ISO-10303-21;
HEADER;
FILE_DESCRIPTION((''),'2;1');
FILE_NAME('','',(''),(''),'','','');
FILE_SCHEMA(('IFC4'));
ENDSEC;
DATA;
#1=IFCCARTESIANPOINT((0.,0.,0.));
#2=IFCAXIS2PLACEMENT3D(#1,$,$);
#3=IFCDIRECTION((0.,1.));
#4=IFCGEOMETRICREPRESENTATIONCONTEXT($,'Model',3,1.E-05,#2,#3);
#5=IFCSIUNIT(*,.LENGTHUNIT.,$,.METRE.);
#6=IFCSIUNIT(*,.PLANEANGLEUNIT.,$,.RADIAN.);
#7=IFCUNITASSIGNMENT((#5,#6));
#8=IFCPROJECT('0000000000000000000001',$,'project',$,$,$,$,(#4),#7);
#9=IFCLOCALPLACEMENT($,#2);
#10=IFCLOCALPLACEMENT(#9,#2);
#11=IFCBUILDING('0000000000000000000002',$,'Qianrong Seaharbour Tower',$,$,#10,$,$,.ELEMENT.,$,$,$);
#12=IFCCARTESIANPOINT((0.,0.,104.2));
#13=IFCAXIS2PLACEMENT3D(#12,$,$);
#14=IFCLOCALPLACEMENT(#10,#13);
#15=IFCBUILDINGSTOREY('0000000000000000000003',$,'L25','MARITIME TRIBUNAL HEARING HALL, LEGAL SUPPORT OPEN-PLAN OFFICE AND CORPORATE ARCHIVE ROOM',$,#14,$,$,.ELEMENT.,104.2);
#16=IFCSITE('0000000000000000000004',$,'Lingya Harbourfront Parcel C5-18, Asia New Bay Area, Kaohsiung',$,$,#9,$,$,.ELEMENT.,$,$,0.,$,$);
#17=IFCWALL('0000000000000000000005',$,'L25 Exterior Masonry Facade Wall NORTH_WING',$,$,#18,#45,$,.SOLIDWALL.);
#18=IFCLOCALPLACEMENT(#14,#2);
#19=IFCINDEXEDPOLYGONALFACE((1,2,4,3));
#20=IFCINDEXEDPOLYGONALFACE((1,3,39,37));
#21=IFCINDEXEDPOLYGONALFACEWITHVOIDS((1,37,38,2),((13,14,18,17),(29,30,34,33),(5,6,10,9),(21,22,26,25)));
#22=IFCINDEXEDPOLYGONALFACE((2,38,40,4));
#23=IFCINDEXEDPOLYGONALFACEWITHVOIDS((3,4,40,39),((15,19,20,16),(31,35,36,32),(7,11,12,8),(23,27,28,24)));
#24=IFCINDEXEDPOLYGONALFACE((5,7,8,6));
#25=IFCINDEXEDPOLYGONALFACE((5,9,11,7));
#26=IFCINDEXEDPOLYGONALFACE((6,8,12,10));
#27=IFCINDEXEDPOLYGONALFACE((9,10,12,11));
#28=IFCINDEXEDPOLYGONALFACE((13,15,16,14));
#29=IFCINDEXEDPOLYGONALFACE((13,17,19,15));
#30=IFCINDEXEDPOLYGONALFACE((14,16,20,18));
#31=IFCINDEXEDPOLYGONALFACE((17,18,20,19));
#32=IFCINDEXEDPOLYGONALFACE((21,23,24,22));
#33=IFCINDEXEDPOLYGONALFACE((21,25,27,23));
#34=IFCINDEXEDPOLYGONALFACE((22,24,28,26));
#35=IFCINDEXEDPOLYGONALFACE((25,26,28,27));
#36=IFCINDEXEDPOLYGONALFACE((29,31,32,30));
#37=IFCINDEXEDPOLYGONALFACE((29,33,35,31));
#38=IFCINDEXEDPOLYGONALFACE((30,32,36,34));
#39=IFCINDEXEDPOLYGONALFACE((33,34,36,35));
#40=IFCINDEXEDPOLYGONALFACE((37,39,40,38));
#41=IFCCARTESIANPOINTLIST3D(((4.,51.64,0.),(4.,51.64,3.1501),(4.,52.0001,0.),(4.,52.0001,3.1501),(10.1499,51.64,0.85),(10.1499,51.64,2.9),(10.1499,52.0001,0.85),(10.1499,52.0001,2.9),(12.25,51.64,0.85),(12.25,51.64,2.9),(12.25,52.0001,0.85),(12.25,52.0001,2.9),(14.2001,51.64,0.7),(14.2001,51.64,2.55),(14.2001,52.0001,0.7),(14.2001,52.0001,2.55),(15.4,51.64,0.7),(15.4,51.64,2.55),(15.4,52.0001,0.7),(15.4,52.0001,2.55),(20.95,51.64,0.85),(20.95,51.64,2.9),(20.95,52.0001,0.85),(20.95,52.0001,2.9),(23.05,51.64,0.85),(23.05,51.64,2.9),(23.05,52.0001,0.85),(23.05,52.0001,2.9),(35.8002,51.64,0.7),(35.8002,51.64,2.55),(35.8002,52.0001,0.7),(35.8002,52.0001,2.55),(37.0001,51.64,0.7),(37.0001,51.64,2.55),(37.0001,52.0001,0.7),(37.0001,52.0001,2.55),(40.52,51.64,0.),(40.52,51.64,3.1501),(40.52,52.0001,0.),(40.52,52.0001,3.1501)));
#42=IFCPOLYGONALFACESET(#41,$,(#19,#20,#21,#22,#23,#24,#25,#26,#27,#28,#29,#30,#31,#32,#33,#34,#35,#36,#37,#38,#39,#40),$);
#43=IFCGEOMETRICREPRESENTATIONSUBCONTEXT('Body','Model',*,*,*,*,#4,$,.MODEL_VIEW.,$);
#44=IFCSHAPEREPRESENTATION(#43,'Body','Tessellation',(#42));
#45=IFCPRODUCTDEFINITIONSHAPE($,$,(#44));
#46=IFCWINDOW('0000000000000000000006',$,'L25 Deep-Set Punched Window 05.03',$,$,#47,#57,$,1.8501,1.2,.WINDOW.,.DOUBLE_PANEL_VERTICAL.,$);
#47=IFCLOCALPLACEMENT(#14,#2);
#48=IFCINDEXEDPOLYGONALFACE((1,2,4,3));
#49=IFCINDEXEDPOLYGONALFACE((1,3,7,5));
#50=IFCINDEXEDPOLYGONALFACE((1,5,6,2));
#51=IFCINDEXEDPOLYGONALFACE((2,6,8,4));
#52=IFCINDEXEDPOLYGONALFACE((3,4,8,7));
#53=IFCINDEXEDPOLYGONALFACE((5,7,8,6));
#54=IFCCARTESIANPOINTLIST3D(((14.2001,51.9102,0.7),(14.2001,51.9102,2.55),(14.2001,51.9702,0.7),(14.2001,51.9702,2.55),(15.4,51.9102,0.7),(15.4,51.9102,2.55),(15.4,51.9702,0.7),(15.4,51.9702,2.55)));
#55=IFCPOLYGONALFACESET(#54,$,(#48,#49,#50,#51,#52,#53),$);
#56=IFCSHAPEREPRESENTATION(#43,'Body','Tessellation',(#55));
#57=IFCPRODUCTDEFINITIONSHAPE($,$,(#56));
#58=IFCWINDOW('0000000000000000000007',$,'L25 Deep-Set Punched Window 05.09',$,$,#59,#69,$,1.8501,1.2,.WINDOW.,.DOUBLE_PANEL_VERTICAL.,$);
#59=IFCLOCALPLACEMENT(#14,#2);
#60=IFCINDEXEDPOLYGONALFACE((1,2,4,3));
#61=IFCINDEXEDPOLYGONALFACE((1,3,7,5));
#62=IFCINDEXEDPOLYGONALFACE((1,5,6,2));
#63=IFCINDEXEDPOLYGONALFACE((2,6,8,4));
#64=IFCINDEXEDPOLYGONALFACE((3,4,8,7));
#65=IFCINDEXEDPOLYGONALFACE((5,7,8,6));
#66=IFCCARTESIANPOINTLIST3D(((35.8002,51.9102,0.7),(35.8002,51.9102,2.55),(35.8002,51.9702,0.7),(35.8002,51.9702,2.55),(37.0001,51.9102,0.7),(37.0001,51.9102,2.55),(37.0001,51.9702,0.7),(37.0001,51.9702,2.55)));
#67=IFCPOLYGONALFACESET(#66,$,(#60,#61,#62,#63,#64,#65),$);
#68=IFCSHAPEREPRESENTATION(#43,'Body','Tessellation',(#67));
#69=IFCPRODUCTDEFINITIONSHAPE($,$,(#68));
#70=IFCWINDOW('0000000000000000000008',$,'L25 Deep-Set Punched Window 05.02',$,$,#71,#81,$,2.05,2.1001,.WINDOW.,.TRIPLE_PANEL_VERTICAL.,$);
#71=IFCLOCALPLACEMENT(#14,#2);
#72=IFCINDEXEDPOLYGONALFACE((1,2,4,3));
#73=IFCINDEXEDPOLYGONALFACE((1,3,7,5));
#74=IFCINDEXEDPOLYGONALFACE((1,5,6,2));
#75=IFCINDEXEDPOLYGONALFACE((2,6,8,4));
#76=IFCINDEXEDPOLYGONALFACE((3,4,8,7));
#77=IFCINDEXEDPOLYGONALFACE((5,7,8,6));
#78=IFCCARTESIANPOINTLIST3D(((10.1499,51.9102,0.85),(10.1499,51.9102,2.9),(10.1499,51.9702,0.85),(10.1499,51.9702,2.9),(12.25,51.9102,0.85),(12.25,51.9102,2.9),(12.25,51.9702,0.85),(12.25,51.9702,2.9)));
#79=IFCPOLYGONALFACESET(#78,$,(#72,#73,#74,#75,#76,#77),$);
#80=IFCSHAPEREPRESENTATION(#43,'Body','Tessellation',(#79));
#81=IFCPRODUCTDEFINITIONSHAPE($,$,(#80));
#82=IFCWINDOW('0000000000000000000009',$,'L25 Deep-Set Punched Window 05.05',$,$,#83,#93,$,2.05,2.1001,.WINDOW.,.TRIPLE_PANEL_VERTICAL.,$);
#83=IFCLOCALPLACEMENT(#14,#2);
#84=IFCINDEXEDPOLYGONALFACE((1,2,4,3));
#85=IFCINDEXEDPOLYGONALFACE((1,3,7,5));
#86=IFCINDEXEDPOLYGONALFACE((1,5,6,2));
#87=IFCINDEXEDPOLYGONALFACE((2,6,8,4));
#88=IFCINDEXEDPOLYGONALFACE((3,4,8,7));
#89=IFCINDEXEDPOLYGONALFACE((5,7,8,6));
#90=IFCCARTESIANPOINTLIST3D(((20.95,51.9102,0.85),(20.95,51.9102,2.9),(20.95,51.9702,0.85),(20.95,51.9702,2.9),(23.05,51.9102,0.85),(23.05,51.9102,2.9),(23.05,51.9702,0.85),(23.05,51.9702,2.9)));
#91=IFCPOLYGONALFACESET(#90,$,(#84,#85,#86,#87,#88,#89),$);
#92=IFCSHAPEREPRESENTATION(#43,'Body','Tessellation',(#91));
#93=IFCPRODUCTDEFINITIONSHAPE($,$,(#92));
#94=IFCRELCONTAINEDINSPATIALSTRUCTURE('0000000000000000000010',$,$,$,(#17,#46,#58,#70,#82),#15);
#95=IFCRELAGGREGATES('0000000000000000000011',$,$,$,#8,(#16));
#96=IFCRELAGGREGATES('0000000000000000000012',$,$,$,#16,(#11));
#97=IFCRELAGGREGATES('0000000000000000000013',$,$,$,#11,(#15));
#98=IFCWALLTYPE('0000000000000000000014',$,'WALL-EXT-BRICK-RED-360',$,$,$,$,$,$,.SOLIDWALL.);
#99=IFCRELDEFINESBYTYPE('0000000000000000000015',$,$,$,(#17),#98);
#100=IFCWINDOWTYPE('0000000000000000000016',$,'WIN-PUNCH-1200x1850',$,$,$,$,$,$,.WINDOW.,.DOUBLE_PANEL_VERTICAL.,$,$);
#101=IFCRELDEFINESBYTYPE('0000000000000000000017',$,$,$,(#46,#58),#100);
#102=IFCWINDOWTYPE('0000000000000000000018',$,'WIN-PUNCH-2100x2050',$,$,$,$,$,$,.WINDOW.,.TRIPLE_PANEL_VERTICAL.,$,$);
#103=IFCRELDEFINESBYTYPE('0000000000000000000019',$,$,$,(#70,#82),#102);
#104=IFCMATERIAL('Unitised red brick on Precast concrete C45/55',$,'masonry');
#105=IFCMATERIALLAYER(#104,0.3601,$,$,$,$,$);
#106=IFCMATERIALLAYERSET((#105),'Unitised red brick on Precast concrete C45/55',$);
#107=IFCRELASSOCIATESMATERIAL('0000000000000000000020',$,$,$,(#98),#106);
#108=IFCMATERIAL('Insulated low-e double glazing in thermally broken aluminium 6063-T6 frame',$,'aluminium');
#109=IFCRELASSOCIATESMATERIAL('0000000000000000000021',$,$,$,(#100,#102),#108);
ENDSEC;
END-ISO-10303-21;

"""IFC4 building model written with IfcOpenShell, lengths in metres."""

from ifc_helpers import new_model, si_unit, direction, frame, frame_2d, origin, place, context, subcontext, project, spatial, rectangle, extrude, material, layer, layer_set, type_object, element, fill, save


model = new_model("IFC4")

# Units and contexts
model_context = context("Model", 3, precision=1e-05, world=origin(), true_north=direction((0.0, 1.0)))
body_context = subcontext(model_context, "Body", "Model", "MODEL_VIEW")
ifc_project = project(units=[si_unit("LENGTHUNIT", "METRE"), si_unit("PLANEANGLEUNIT", "RADIAN")], contexts=[model_context])

# Site, building, storey
site_placement = place(None, origin())
site = spatial("IfcSite", under=ifc_project, at=site_placement, Name="Lingya Harbourfront Parcel C5-18, Asia New Bay Area, Kaohsiung", CompositionType="ELEMENT", RefElevation=0.0)
building_placement = place(site_placement, origin())
building = spatial("IfcBuilding", under=site, at=building_placement, Name="Qianrong Seaharbour Tower", CompositionType="ELEMENT")
storey_placement = place(building_placement, frame((0.0, 0.0, 104.2)))
storey = spatial("IfcBuildingStorey", under=building, at=storey_placement, Name="L25", Description="MARITIME TRIBUNAL HEARING HALL, LEGAL SUPPORT OPEN-PLAN OFFICE AND CORPORATE ARCHIVE ROOM", CompositionType="ELEMENT", Elevation=104.2)

# Shared definitions
ifc_material_1 = material(Name="Unitised red brick on Precast concrete C45/55", Category="masonry")
ifc_layer_1 = layer(ifc_material_1, 0.3601)
ifc_layer_set_1 = layer_set([ifc_layer_1], Name="Unitised red brick on Precast concrete C45/55")
wall_type_1 = type_object("IfcWallType", Name="WALL-EXT-BRICK-RED-360", PredefinedType="SOLIDWALL", material=ifc_layer_set_1)

# Wall, openings, windows
wall_1_placement = place(storey_placement, frame((4.0, 51.8201, 0.0), z_axis=(0.0, 0.0, 1.0), x_axis=(1.0, 0.0, 0.0)))
wall_1 = element("IfcWall", 1, at=wall_1_placement, inside=storey, type_object=wall_type_1, Name="L25 Exterior Masonry Facade Wall NORTH_WING", PredefinedType="SOLIDWALL", context=body_context, shape_type="SweptSolid", body=[
    extrude(rectangle(XDim=36.52, YDim=0.3601, at=frame_2d((18.26, 0.0))), origin(), (0.0, 0.0, 1.0), 3.1501),
])
opening_1_placement = place(wall_1_placement, frame((6.1499, 0.0, 0.8501)))
opening_1 = element("IfcOpeningElement", 2, at=opening_1_placement, cuts=wall_1, PredefinedType="OPENING", context=body_context, shape_type="SweptSolid", body=[
    extrude(rectangle(XDim=2.1001, YDim=2.05, at=frame_2d((1.05, 1.0249))), frame((0.0, 0.1899, 0.0), z_axis=(0.0, -1.0, 0.0), x_axis=(1.0, 0.0, 0.0)), (0.0, 0.0, 1.0), 0.3801),
])
opening_2_placement = place(wall_1_placement, frame((10.2, 0.0, 0.7)))
opening_2 = element("IfcOpeningElement", 3, at=opening_2_placement, cuts=wall_1, PredefinedType="OPENING", context=body_context, shape_type="SweptSolid", body=[
    extrude(rectangle(XDim=1.2, YDim=1.8501, at=frame_2d((0.6001, 0.925))), frame((0.0, 0.1899, 0.0), z_axis=(0.0, -1.0, 0.0), x_axis=(1.0, 0.0, 0.0)), (0.0, 0.0, 1.0), 0.3801),
])
opening_3_placement = place(wall_1_placement, frame((16.95, 0.0, 0.8501)))
opening_3 = element("IfcOpeningElement", 4, at=opening_3_placement, cuts=wall_1, PredefinedType="OPENING", context=body_context, shape_type="SweptSolid", body=[
    extrude(rectangle(XDim=2.1001, YDim=2.05, at=frame_2d((1.05, 1.0249))), frame((0.0, 0.1899, 0.0), z_axis=(0.0, -1.0, 0.0), x_axis=(1.0, 0.0, 0.0)), (0.0, 0.0, 1.0), 0.3801),
])
opening_4_placement = place(wall_1_placement, frame((31.8, 0.0, 0.7)))
opening_4 = element("IfcOpeningElement", 5, at=opening_4_placement, cuts=wall_1, PredefinedType="OPENING", context=body_context, shape_type="SweptSolid", body=[
    extrude(rectangle(XDim=1.2, YDim=1.8501, at=frame_2d((0.6001, 0.925))), frame((0.0, 0.1899, 0.0), z_axis=(0.0, -1.0, 0.0), x_axis=(1.0, 0.0, 0.0)), (0.0, 0.0, 1.0), 0.3801),
])
ifc_material_2 = material(Name="Insulated low-e double glazing in thermally broken aluminium 6063-T6 frame", Category="aluminium")
window_type_1 = type_object("IfcWindowType", Name="WIN-PUNCH-1200x1850", PartitioningType="DOUBLE_PANEL_VERTICAL", PredefinedType="WINDOW", material=ifc_material_2)
window_1_placement = place(opening_2_placement, origin())
window_1 = element("IfcWindow", 6, at=window_1_placement, inside=storey, type_object=window_type_1, Name="L25 Deep-Set Punched Window 05.03", OverallHeight=1.8501, OverallWidth=1.2, PartitioningType="DOUBLE_PANEL_VERTICAL", PredefinedType="WINDOW", context=body_context, shape_type="SweptSolid", body=[
    extrude(rectangle(XDim=1.2, YDim=1.8501, at=frame_2d((0.6001, 0.925))), frame((0.0, 0.1501, 0.0), z_axis=(0.0, -1.0, 0.0), x_axis=(1.0, 0.0, 0.0)), (0.0, 0.0, 1.0), 0.0601),
])
fill(opening_2, window_1)
window_2_placement = place(opening_4_placement, origin())
window_2 = element("IfcWindow", 7, at=window_2_placement, inside=storey, type_object=window_type_1, Name="L25 Deep-Set Punched Window 05.09", OverallHeight=1.8501, OverallWidth=1.2, PartitioningType="DOUBLE_PANEL_VERTICAL", PredefinedType="WINDOW", context=body_context, shape_type="SweptSolid", body=[
    extrude(rectangle(XDim=1.2, YDim=1.8501, at=frame_2d((0.6001, 0.925))), frame((0.0, 0.1501, 0.0), z_axis=(0.0, -1.0, 0.0), x_axis=(1.0, 0.0, 0.0)), (0.0, 0.0, 1.0), 0.0601),
])
fill(opening_4, window_2)
window_type_2 = type_object("IfcWindowType", Name="WIN-PUNCH-2100x2050", PartitioningType="TRIPLE_PANEL_VERTICAL", PredefinedType="WINDOW", material=ifc_material_2)
window_3_placement = place(opening_1_placement, origin())
window_3 = element("IfcWindow", 8, at=window_3_placement, inside=storey, type_object=window_type_2, Name="L25 Deep-Set Punched Window 05.02", OverallHeight=2.05, OverallWidth=2.1001, PartitioningType="TRIPLE_PANEL_VERTICAL", PredefinedType="WINDOW", context=body_context, shape_type="SweptSolid", body=[
    extrude(rectangle(XDim=2.1001, YDim=2.05, at=frame_2d((1.05, 1.0249))), frame((0.0, 0.1501, 0.0), z_axis=(0.0, -1.0, 0.0), x_axis=(1.0, 0.0, 0.0)), (0.0, 0.0, 1.0), 0.0601),
])
fill(opening_1, window_3)
window_4_placement = place(opening_3_placement, origin())
window_4 = element("IfcWindow", 9, at=window_4_placement, inside=storey, type_object=window_type_2, Name="L25 Deep-Set Punched Window 05.05", OverallHeight=2.05, OverallWidth=2.1001, PartitioningType="TRIPLE_PANEL_VERTICAL", PredefinedType="WINDOW", context=body_context, shape_type="SweptSolid", body=[
    extrude(rectangle(XDim=2.1001, YDim=2.05, at=frame_2d((1.05, 1.0249))), frame((0.0, 0.1501, 0.0), z_axis=(0.0, -1.0, 0.0), x_axis=(1.0, 0.0, 0.0)), (0.0, 0.0, 1.0), 0.0601),
])
fill(opening_3, window_4)

save(model, "model.ifc")
